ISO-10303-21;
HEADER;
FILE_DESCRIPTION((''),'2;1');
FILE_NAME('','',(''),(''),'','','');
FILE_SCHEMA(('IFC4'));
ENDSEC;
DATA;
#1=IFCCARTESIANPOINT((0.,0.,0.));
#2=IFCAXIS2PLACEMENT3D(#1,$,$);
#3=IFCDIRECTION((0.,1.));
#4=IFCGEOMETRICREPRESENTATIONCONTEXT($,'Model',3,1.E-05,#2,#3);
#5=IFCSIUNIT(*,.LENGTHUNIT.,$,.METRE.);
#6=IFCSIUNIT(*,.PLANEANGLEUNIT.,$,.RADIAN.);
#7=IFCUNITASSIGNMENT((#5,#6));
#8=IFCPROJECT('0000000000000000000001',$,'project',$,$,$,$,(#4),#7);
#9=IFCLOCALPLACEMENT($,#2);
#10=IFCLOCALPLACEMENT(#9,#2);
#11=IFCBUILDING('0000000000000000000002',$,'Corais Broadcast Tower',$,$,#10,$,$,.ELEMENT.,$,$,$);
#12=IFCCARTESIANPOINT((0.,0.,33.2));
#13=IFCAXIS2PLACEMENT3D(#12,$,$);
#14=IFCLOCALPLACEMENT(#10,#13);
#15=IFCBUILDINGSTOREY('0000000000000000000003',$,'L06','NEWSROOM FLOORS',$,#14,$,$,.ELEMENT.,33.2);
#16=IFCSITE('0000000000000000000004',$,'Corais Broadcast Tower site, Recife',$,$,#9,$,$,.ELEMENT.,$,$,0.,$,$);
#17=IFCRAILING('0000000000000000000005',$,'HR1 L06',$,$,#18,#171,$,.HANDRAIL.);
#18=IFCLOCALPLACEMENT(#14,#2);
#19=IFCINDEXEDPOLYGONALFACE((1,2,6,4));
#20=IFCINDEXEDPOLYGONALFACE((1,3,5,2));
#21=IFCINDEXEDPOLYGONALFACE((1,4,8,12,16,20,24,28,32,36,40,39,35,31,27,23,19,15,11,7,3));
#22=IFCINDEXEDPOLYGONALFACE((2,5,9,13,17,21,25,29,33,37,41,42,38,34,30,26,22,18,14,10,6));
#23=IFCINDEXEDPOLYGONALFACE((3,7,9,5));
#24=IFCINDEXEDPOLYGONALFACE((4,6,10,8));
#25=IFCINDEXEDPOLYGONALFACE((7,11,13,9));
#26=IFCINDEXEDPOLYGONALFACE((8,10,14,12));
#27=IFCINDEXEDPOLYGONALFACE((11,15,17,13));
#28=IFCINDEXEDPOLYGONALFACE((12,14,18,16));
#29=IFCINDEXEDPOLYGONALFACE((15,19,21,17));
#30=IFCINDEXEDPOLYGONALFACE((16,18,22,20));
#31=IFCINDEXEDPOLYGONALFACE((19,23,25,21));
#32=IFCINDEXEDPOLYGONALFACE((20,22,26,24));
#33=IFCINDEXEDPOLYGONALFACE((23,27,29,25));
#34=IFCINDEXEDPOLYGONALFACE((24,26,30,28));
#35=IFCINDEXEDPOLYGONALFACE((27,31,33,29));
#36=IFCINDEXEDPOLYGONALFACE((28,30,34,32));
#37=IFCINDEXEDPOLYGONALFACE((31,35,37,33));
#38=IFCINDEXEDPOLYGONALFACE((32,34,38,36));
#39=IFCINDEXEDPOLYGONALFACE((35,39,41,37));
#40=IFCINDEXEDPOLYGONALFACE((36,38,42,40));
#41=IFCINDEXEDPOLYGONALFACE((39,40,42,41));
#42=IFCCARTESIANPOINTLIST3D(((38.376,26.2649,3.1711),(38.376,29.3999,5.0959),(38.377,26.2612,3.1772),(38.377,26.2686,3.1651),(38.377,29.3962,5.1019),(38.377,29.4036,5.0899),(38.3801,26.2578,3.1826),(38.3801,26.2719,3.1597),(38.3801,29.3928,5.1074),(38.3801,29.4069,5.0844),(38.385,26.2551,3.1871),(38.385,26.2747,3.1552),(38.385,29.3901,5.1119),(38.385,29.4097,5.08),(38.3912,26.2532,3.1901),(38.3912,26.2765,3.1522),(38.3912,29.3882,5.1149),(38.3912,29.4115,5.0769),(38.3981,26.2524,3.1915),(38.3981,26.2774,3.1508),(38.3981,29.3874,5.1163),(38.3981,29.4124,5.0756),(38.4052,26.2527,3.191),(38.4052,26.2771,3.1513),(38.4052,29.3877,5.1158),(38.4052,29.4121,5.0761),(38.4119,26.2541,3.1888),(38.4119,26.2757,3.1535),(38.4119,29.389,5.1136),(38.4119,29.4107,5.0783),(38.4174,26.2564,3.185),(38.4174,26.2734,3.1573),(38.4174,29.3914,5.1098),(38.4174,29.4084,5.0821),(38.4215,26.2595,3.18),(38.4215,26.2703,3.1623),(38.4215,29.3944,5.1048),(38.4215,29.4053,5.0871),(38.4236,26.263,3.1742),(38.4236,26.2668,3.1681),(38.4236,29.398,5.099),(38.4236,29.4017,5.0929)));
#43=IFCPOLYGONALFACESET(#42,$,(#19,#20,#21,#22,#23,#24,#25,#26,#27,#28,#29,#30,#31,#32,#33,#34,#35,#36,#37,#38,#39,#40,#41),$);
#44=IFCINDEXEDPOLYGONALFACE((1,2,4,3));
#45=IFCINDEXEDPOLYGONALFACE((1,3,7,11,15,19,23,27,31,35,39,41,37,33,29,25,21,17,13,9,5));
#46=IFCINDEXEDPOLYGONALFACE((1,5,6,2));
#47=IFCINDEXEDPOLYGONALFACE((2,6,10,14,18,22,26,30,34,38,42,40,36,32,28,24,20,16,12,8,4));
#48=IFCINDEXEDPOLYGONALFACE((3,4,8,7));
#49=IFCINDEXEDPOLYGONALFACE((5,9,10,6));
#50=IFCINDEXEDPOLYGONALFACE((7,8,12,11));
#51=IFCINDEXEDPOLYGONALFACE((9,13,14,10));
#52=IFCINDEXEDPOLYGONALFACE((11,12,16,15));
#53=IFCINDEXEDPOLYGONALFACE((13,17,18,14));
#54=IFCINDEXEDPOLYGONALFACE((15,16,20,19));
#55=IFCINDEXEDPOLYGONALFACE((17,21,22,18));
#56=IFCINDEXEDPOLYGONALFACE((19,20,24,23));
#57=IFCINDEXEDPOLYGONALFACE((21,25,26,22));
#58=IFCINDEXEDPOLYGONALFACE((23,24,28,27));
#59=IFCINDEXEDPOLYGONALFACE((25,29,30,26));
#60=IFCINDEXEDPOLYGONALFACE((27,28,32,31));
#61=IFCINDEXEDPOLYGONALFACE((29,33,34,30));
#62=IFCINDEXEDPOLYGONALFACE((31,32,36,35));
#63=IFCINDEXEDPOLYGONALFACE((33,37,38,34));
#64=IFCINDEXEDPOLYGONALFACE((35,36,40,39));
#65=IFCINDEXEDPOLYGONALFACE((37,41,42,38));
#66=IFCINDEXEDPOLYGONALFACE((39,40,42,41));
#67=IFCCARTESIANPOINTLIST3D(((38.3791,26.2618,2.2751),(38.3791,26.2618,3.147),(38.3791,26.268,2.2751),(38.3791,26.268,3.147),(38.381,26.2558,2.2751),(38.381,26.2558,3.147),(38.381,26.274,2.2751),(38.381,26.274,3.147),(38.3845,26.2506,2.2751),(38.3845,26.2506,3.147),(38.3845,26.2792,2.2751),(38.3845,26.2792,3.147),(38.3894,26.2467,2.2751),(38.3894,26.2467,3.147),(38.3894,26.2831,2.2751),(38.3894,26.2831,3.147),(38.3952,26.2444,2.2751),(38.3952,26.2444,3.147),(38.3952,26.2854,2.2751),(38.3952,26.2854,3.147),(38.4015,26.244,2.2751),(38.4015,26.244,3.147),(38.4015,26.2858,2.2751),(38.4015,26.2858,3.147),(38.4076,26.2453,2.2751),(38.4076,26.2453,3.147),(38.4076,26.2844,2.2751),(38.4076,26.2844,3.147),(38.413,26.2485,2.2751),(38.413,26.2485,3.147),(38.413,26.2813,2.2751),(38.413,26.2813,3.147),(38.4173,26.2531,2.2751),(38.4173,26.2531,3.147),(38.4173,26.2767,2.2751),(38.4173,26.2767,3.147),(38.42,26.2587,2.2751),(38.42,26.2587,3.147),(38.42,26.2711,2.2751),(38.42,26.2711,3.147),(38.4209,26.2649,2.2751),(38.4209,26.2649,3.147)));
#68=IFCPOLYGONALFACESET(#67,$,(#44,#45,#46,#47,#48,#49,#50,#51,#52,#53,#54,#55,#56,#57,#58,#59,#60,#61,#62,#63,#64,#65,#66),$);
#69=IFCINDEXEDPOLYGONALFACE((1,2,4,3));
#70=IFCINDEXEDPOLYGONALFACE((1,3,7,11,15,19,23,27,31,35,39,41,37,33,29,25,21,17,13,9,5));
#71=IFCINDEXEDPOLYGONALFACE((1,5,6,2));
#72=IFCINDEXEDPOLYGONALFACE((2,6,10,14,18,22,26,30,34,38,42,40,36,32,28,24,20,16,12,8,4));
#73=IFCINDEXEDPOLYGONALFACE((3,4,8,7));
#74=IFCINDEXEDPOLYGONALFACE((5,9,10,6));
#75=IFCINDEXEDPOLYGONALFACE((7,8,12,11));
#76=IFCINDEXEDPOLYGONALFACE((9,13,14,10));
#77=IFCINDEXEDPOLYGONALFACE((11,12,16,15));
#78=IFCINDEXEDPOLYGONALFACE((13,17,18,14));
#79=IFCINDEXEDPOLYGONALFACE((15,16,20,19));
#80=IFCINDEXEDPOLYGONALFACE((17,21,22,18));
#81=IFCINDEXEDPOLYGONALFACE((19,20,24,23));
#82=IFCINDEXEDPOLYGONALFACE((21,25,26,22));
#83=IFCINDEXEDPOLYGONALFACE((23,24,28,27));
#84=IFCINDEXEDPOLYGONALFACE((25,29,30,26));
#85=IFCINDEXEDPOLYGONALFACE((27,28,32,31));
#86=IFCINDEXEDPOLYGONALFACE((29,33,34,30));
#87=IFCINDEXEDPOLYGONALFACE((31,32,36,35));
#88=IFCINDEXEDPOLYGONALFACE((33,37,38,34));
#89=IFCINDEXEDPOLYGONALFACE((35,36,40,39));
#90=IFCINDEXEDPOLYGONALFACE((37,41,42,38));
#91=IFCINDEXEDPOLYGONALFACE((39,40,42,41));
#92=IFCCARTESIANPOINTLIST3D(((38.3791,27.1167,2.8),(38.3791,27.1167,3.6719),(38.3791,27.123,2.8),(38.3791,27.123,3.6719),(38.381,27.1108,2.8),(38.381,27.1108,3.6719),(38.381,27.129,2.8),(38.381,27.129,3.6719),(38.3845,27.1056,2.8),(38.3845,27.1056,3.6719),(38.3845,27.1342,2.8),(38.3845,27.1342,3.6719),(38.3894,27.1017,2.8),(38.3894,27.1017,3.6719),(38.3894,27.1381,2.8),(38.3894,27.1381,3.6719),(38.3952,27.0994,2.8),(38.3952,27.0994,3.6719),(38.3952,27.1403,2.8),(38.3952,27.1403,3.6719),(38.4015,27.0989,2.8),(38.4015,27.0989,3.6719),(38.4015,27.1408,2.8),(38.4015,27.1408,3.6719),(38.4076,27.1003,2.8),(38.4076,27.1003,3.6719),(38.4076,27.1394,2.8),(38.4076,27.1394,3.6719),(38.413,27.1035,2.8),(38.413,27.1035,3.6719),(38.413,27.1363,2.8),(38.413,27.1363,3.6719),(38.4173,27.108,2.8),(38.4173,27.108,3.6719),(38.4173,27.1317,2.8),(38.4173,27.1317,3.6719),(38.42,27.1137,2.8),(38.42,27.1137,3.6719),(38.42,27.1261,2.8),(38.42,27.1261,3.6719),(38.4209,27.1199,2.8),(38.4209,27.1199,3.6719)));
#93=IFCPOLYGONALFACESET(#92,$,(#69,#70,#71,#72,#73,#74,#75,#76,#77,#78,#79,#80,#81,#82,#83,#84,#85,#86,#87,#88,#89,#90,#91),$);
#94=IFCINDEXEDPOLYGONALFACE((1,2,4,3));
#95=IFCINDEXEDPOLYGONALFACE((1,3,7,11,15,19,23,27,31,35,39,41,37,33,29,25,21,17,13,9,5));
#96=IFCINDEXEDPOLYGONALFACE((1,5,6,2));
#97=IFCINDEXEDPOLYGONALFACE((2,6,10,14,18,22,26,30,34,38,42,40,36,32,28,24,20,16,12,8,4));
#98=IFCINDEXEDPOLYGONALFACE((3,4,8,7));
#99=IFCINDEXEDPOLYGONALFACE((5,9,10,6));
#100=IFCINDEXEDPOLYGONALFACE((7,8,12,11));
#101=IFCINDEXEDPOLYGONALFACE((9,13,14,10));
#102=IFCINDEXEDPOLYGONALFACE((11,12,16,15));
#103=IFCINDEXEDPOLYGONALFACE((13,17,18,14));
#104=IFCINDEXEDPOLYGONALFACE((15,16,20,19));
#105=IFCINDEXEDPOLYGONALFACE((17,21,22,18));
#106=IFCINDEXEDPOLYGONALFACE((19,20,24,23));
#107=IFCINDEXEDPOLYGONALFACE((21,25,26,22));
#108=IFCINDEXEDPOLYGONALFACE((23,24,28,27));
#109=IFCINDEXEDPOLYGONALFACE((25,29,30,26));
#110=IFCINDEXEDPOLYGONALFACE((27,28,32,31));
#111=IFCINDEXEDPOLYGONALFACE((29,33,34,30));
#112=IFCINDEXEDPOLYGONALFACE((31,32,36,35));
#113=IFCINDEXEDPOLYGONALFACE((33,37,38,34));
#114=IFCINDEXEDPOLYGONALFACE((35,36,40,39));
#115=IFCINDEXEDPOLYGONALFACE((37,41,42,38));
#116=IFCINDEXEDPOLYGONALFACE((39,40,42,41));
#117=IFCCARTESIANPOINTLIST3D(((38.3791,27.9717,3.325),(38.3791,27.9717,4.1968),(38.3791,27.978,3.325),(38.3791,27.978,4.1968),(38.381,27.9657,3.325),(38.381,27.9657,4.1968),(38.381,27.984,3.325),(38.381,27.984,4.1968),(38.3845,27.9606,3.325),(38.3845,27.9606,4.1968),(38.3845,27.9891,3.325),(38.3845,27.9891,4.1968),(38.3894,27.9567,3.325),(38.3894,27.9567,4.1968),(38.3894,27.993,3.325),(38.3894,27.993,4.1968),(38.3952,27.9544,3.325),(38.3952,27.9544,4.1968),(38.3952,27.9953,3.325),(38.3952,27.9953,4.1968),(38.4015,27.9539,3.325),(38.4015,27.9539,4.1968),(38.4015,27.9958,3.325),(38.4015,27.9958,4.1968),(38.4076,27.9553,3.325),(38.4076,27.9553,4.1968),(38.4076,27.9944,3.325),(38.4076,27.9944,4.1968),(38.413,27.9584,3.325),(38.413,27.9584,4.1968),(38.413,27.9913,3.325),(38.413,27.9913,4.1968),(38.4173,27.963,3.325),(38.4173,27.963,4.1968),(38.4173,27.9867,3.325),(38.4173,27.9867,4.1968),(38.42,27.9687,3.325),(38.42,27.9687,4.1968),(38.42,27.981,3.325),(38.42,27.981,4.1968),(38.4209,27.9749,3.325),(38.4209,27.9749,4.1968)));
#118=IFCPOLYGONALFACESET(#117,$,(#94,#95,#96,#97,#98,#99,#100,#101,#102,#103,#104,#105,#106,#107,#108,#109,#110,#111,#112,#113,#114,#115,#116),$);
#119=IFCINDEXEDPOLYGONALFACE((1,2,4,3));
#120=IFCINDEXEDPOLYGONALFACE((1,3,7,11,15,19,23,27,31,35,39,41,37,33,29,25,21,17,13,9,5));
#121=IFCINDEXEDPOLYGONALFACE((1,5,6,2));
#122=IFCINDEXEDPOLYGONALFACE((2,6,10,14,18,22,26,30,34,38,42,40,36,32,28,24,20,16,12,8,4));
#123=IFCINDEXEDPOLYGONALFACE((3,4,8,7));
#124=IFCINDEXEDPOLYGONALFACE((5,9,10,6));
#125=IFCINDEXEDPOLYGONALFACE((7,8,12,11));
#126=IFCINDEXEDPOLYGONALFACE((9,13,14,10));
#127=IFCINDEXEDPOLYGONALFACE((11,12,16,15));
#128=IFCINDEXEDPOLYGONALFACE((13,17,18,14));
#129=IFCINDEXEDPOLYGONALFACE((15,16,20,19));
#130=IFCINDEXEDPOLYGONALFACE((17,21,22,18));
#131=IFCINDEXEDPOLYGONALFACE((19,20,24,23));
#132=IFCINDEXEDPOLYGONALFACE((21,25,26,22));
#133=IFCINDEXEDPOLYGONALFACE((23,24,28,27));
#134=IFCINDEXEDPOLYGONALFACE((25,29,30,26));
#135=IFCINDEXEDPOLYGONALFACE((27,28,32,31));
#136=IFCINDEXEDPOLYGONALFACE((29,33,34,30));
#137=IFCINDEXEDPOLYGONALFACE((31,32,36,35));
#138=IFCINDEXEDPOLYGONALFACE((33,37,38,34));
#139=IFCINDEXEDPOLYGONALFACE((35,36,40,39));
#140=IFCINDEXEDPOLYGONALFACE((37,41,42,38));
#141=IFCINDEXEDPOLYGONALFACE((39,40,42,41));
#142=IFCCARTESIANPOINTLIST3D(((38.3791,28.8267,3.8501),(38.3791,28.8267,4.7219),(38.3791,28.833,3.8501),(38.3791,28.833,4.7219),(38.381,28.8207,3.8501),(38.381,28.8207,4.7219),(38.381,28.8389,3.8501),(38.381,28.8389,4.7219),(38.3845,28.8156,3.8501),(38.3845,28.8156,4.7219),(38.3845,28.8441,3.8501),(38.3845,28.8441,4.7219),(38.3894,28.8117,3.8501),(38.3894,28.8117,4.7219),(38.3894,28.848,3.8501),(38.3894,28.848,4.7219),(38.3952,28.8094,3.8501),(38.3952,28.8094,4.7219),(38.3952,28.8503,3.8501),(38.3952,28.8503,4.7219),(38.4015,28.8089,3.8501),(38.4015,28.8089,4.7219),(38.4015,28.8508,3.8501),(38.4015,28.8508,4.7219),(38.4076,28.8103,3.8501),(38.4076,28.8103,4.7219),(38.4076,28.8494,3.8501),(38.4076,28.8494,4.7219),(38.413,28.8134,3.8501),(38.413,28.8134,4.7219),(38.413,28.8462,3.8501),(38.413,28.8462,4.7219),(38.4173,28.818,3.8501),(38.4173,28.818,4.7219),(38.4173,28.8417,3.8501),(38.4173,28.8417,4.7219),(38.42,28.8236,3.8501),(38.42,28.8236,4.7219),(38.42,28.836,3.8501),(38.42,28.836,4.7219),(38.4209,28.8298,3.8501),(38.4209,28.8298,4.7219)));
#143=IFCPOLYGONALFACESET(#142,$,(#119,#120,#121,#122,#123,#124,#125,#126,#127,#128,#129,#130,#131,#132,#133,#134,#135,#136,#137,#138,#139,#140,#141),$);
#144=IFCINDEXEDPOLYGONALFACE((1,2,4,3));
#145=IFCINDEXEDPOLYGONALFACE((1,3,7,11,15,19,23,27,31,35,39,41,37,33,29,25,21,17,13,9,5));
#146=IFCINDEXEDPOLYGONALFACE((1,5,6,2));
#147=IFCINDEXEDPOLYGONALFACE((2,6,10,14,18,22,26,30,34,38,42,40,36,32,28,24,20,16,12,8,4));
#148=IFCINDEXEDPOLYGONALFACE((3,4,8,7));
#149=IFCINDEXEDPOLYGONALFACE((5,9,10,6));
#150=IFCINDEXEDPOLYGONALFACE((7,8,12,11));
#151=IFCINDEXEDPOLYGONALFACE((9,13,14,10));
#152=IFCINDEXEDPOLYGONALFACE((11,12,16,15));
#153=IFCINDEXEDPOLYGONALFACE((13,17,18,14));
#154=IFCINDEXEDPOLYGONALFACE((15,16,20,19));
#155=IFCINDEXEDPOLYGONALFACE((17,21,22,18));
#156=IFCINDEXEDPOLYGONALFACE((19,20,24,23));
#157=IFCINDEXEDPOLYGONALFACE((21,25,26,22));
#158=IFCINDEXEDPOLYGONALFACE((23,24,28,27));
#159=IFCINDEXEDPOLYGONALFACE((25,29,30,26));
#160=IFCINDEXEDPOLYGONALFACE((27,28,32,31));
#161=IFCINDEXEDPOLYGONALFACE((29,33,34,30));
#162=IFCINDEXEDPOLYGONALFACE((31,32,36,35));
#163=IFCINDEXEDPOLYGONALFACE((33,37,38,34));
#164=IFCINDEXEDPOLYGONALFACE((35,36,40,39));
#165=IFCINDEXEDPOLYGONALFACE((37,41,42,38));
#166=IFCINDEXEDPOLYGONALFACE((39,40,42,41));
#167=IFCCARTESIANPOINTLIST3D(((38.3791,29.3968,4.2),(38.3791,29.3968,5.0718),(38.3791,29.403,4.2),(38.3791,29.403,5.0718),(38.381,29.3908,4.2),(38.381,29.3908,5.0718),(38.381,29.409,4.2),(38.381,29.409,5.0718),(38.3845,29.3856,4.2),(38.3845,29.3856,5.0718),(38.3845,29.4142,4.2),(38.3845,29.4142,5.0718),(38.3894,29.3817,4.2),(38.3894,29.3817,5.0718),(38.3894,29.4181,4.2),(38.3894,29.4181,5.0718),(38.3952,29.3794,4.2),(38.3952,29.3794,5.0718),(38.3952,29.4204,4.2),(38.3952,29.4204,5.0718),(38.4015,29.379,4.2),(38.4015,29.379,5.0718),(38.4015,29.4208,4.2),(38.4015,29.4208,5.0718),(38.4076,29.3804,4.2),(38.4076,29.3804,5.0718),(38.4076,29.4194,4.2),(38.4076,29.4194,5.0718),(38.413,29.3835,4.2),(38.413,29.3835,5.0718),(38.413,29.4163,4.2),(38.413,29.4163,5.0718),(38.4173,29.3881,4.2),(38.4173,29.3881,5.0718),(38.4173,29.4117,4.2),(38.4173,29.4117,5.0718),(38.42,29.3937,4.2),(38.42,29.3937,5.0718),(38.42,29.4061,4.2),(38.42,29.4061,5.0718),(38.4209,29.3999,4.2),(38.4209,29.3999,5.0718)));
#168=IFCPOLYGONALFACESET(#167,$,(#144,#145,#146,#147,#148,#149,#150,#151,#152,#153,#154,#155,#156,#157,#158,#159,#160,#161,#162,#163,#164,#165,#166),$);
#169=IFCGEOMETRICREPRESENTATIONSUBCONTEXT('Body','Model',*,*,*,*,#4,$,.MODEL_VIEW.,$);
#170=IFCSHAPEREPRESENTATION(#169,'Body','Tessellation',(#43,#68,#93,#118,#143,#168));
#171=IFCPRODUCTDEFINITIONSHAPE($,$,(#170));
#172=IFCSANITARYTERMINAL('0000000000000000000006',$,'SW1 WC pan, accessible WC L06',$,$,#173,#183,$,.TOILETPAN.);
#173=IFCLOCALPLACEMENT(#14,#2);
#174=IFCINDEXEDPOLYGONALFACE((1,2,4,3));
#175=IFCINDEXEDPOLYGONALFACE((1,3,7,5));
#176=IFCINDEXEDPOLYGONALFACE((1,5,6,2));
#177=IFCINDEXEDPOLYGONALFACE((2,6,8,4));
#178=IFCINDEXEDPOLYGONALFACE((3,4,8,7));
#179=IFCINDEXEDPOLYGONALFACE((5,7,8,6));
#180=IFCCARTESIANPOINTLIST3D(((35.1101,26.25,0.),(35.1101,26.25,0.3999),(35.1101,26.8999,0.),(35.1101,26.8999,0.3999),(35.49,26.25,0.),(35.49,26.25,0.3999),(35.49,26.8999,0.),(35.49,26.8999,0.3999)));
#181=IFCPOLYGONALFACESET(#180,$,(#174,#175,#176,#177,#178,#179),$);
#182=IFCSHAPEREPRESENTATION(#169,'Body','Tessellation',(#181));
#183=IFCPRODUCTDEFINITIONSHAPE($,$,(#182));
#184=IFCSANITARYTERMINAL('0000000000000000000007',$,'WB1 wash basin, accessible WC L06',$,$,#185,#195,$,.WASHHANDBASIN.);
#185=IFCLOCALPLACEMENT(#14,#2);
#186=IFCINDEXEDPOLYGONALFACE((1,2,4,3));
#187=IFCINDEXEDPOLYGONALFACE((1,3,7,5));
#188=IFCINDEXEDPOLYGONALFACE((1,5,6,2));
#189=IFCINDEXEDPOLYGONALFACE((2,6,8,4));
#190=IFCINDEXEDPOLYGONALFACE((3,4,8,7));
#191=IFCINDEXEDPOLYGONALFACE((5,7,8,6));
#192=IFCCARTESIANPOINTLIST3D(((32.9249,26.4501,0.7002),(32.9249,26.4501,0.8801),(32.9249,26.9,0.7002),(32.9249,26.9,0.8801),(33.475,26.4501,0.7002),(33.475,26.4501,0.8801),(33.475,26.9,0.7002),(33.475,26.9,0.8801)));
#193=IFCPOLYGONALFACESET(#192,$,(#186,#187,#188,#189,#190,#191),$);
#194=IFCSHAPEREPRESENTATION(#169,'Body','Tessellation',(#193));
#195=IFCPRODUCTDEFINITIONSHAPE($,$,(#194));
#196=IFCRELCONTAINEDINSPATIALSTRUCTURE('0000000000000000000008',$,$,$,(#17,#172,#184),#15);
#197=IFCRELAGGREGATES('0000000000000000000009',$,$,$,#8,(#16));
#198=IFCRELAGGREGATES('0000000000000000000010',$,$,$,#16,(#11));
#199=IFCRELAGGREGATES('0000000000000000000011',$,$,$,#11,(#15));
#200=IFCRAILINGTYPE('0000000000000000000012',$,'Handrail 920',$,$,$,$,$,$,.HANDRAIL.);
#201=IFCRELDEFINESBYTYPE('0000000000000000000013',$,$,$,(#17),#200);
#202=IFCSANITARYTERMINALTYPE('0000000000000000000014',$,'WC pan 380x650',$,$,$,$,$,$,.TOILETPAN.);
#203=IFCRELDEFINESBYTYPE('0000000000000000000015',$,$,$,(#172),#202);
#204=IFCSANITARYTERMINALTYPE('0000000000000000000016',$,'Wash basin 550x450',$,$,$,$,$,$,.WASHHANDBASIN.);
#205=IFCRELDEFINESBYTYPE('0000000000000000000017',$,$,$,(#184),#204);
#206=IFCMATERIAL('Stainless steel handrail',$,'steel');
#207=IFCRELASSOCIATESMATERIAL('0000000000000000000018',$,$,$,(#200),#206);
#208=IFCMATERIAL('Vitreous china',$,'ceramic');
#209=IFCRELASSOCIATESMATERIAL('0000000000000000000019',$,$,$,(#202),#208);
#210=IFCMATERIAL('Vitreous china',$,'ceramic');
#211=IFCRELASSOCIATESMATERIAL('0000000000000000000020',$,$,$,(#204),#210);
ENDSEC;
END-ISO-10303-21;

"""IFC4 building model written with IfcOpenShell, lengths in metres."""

from ifc_helpers import new_model, si_unit, direction, frame, origin, origin_2d, place, context, subcontext, project, spatial, rectangle, circle, extrude, material, type_object, element, save


model = new_model("IFC4")

# Units and contexts
model_context = context("Model", 3, precision=1e-05, world=origin(), true_north=direction((0.0, 1.0)))
body_context = subcontext(model_context, "Body", "Model", "MODEL_VIEW")
ifc_project = project(units=[si_unit("LENGTHUNIT", "METRE"), si_unit("PLANEANGLEUNIT", "RADIAN")], contexts=[model_context])

# Site, building, storey
site_placement = place(None, origin())
site = spatial("IfcSite", under=ifc_project, at=site_placement, Name="Corais Broadcast Tower site, Recife", CompositionType="ELEMENT", RefElevation=0.0)
building_placement = place(site_placement, origin())
building = spatial("IfcBuilding", under=site, at=building_placement, Name="Corais Broadcast Tower", CompositionType="ELEMENT")
storey_placement = place(building_placement, frame((0.0, 0.0, 33.2)))
storey = spatial("IfcBuildingStorey", under=building, at=storey_placement, Name="L06", Description="NEWSROOM FLOORS", CompositionType="ELEMENT", Elevation=33.2)

# Railing
ifc_material_1 = material(Name="Stainless steel handrail", Category="steel")
railing_type_1 = type_object("IfcRailingType", Name="Handrail 920", PredefinedType="HANDRAIL", material=ifc_material_1)
for number, where, name in (
    (1, (38.3999, 26.2649, 2.2751), "HR1 L06"),
):
    element("IfcRailing", number, at=place(storey_placement, frame(where)), inside=storey, type_object=railing_type_1, Name=name, PredefinedType="HANDRAIL", context=body_context, shape_type="SweptSolid", body=[
        extrude(circle(Radius=0.0239, at=origin_2d()), frame((0.0, 0.0, 0.896), z_axis=(0.0, 0.852196, 0.523223), x_axis=(-1.0, 0.0, 0.0)), (0.0, 0.0, 1.0), 3.6787),
        extrude(circle(Radius=0.021, at=origin_2d()), origin(), (0.0, 0.0, 1.0), 0.8718),
        extrude(circle(Radius=0.021, at=origin_2d()), frame((0.0, 0.855, 0.5249)), (0.0, 0.0, 1.0), 0.8718),
        extrude(circle(Radius=0.021, at=origin_2d()), frame((0.0, 1.71, 1.0498)), (0.0, 0.0, 1.0), 0.8718),
        extrude(circle(Radius=0.021, at=origin_2d()), frame((0.0, 2.5649, 1.575)), (0.0, 0.0, 1.0), 0.8718),
        extrude(circle(Radius=0.021, at=origin_2d()), frame((0.0, 3.135, 1.9248)), (0.0, 0.0, 1.0), 0.8718),
    ])

# Sanitary terminals
ifc_material_2 = material(Name="Vitreous china", Category="ceramic")
sanitary_terminal_type_1 = type_object("IfcSanitaryTerminalType", Name="WC pan 380x650", PredefinedType="TOILETPAN", material=ifc_material_2)
sanitary_terminal_1_placement = place(storey_placement, frame((35.3, 26.575, 0.0), z_axis=(0.0, 0.0, 1.0), x_axis=(1.0, 0.0, 0.0)))
element("IfcSanitaryTerminal", 2, at=sanitary_terminal_1_placement, inside=storey, type_object=sanitary_terminal_type_1, Name="SW1 WC pan, accessible WC L06", PredefinedType="TOILETPAN", context=body_context, shape_type="SweptSolid", body=[
    extrude(rectangle(XDim=0.3799, YDim=0.6499, at=origin_2d()), origin(), (0.0, 0.0, 1.0), 0.3999),
])
ifc_material_3 = material(Name="Vitreous china", Category="ceramic")
sanitary_terminal_type_2 = type_object("IfcSanitaryTerminalType", Name="Wash basin 550x450", PredefinedType="WASHHANDBASIN", material=ifc_material_3)
sanitary_terminal_2_placement = place(storey_placement, frame((33.2, 26.675, 0.7002), z_axis=(0.0, 0.0, 1.0), x_axis=(1.0, 0.0, 0.0)))
element("IfcSanitaryTerminal", 3, at=sanitary_terminal_2_placement, inside=storey, type_object=sanitary_terminal_type_2, Name="WB1 wash basin, accessible WC L06", PredefinedType="WASHHANDBASIN", context=body_context, shape_type="SweptSolid", body=[
    extrude(rectangle(XDim=0.55, YDim=0.45, at=origin_2d()), origin(), (0.0, 0.0, 1.0), 0.1799),
])

save(model, "model.ifc")
